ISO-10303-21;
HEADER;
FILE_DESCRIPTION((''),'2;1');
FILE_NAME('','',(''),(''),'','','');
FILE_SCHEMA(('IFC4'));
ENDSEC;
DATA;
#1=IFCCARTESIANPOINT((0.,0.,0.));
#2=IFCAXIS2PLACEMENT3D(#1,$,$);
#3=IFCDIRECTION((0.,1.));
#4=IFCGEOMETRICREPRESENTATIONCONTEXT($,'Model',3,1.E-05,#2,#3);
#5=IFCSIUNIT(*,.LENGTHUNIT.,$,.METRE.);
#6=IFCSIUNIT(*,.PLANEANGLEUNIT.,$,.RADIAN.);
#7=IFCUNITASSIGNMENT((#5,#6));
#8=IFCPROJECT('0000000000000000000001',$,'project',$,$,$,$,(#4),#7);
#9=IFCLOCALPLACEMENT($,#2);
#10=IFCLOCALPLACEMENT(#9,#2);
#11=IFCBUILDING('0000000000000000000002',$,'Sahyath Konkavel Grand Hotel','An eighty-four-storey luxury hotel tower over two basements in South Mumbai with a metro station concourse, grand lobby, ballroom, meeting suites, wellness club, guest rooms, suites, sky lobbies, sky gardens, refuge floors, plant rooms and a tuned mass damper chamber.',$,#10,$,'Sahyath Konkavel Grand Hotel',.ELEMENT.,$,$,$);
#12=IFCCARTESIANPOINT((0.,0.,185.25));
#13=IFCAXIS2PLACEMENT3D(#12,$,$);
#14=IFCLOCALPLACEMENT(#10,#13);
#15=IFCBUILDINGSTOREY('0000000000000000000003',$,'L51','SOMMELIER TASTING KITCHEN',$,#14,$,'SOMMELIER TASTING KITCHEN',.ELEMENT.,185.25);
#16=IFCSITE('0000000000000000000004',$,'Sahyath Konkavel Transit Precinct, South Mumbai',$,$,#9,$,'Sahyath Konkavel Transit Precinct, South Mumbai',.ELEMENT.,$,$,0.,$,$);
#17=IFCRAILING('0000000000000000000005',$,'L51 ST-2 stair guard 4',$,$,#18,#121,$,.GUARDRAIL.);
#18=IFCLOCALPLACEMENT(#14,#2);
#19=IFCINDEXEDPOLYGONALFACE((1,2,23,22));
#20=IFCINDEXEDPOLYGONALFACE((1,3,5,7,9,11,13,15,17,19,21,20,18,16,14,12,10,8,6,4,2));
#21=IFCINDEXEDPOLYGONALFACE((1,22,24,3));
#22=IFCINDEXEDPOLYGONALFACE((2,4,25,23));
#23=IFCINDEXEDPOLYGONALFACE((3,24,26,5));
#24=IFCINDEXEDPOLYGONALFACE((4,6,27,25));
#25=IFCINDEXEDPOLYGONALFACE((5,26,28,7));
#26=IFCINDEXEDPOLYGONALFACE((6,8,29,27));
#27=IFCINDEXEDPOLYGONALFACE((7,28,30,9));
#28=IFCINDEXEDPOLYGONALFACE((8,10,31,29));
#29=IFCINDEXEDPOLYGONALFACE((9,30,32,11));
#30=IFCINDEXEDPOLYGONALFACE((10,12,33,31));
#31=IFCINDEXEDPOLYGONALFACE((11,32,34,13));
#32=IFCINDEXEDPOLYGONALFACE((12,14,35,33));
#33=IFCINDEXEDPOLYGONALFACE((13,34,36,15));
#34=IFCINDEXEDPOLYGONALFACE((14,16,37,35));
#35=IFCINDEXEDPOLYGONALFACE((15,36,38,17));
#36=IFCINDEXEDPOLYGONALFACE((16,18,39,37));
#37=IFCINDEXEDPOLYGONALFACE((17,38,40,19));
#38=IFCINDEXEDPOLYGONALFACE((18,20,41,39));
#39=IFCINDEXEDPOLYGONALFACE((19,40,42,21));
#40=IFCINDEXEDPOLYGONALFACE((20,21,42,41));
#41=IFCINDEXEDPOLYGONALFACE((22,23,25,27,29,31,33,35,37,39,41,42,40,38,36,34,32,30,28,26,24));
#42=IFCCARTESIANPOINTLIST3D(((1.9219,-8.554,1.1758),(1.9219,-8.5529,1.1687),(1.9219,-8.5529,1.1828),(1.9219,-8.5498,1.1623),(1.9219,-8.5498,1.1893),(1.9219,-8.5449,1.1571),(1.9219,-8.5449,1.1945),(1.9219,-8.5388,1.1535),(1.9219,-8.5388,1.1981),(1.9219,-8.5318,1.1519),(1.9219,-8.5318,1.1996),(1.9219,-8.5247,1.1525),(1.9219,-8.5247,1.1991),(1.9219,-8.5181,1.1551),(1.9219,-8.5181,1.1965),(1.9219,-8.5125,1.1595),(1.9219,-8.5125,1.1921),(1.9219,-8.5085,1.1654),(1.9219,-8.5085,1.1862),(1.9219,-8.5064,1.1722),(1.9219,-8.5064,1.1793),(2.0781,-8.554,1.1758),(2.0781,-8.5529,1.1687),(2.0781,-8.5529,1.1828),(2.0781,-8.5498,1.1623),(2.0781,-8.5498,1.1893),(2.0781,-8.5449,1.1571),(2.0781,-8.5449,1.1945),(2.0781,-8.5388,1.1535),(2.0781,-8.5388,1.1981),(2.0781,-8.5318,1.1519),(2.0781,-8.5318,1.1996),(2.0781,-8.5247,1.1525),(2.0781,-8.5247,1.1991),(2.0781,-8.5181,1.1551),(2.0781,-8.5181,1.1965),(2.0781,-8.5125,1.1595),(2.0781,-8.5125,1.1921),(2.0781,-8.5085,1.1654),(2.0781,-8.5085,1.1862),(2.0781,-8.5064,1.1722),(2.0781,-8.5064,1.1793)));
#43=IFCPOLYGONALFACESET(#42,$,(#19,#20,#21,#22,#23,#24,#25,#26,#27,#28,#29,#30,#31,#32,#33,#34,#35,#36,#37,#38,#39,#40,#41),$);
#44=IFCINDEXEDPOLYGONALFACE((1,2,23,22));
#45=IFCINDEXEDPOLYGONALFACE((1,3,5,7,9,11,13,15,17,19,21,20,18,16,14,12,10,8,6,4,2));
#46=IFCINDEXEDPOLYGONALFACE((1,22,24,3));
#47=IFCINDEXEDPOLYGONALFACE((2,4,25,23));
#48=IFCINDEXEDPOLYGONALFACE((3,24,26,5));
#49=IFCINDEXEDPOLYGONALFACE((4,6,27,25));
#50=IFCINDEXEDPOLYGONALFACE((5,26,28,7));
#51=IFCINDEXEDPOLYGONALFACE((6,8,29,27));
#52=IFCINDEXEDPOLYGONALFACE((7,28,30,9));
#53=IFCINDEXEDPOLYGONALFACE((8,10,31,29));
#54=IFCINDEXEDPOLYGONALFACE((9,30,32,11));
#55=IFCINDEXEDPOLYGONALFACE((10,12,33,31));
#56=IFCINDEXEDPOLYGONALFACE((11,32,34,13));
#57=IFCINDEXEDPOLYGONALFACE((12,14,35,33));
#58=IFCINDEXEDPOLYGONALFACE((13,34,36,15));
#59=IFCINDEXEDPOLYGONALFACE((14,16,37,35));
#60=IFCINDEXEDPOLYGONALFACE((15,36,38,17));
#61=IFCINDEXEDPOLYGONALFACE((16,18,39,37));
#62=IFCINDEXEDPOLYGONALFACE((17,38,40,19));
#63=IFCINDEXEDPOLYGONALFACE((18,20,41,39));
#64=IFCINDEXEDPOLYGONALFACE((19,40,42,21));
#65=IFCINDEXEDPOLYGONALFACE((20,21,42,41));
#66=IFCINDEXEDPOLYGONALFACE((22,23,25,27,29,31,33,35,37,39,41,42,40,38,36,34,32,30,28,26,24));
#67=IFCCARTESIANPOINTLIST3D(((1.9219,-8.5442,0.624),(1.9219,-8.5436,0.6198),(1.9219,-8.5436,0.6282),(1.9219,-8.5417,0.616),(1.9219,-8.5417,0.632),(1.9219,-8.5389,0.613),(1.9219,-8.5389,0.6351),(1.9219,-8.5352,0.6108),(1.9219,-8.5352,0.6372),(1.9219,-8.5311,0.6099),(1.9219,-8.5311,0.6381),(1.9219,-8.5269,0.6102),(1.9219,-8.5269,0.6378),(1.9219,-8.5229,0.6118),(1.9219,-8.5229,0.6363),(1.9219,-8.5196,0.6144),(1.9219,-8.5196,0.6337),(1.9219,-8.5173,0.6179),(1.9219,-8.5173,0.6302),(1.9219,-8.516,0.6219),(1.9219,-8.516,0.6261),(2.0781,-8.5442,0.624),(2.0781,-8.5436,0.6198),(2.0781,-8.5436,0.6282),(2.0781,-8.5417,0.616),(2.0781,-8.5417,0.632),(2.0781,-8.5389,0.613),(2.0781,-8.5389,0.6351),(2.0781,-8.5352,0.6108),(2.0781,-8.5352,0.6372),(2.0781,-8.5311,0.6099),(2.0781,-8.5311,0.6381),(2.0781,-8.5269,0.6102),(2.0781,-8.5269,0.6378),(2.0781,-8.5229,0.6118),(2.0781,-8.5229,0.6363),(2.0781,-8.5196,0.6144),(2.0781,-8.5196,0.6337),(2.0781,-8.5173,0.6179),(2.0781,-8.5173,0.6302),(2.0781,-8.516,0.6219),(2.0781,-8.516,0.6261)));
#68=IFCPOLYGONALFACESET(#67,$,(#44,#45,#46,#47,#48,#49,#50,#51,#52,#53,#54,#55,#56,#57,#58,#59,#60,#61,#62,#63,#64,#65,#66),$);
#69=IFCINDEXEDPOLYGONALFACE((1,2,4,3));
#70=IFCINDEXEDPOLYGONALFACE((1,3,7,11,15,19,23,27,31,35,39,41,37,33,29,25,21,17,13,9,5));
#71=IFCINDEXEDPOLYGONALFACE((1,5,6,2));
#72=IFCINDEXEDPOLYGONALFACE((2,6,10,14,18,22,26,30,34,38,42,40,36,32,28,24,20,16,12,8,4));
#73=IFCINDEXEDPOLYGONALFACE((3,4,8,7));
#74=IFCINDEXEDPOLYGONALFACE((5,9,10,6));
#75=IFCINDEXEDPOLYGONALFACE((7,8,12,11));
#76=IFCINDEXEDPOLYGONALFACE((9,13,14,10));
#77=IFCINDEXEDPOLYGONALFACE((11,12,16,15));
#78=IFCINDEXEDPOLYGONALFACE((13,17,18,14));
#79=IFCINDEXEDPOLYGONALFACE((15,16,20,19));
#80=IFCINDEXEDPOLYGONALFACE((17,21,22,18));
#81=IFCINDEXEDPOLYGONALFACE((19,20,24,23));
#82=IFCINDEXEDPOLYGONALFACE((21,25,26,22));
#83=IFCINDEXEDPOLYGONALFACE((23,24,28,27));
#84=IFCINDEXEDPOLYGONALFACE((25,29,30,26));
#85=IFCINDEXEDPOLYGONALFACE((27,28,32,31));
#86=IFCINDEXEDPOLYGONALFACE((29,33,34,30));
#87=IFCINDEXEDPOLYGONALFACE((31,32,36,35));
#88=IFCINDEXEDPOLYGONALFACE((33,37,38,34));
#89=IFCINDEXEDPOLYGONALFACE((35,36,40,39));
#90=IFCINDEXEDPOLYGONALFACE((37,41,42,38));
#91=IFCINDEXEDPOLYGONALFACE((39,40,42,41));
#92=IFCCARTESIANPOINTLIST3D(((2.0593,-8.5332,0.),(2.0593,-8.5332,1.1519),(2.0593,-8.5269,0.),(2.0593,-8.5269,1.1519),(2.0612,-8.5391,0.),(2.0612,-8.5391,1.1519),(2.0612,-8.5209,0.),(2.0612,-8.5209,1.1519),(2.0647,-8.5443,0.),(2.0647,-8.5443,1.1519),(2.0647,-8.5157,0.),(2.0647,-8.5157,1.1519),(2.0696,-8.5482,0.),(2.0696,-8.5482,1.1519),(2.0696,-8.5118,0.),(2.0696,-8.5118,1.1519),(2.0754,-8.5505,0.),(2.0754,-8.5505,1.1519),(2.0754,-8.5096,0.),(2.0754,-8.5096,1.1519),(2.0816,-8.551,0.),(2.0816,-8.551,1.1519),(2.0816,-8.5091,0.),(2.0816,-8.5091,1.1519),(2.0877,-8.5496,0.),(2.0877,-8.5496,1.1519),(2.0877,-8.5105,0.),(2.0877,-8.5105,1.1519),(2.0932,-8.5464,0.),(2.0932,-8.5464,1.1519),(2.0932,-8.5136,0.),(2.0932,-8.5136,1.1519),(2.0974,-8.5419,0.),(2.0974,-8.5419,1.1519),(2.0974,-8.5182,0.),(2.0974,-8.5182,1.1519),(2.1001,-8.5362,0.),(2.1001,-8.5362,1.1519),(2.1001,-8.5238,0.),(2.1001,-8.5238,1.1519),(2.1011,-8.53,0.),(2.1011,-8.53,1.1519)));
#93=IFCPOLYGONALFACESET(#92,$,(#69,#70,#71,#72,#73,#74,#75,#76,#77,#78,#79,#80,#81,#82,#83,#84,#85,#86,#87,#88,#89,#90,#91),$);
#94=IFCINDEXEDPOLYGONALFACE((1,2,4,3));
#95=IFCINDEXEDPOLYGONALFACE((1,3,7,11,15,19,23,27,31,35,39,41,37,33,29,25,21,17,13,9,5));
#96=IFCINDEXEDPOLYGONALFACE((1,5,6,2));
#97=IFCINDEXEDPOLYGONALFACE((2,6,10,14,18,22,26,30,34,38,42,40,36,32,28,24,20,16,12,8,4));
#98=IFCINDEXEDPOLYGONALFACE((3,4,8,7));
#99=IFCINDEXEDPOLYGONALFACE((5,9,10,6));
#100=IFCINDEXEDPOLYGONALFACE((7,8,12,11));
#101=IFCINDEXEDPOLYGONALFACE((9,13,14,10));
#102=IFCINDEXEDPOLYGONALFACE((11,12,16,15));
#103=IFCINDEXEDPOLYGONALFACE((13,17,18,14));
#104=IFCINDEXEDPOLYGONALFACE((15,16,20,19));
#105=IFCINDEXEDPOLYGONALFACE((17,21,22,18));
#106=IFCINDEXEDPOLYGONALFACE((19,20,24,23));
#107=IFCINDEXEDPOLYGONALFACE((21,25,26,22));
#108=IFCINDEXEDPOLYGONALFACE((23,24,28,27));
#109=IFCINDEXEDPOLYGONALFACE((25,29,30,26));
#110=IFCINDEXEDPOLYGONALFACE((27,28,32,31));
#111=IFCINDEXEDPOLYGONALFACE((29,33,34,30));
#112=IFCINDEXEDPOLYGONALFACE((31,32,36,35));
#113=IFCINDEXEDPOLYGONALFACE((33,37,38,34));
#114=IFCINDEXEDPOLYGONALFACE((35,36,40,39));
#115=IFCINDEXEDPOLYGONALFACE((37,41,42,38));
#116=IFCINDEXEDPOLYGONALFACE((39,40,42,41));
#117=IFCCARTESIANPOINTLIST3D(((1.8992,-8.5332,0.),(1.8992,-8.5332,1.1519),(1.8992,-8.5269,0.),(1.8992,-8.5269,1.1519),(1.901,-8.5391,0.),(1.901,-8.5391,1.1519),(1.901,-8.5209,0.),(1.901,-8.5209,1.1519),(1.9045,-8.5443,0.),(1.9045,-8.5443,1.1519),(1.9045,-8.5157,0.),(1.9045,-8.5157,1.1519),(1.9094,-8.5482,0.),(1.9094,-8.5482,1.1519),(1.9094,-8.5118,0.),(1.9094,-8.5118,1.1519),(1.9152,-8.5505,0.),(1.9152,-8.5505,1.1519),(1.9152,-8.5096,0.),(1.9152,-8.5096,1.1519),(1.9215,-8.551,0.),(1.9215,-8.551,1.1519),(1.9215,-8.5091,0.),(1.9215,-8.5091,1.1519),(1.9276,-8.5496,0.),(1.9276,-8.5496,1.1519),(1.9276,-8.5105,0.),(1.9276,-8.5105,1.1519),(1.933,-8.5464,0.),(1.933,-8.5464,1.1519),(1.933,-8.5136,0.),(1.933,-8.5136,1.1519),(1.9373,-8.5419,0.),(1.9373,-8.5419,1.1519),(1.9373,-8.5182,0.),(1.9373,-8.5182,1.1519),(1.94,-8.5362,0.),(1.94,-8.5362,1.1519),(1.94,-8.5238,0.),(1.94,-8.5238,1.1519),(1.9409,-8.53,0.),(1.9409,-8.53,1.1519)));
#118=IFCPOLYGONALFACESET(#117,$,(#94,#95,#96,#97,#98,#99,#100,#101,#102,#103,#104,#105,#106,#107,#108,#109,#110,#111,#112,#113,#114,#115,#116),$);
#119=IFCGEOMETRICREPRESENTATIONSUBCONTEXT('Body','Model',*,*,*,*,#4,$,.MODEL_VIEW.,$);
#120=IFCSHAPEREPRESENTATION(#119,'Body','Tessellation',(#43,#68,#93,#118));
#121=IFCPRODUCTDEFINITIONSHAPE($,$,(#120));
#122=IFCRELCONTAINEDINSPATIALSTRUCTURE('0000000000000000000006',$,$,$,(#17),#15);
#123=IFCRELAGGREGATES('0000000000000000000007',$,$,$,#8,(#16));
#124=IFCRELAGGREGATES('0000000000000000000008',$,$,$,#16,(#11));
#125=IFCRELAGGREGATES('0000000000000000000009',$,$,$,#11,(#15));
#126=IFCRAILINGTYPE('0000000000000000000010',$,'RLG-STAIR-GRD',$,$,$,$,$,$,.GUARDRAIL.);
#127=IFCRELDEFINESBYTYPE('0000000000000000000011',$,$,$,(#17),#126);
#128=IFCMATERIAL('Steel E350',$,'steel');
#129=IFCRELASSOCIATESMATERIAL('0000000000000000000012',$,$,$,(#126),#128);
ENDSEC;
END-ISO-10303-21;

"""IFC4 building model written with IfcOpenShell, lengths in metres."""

from ifc_helpers import new_model, si_unit, direction, frame, origin, origin_2d, place, context, subcontext, project, spatial, circle, extrude, material, type_object, element, save


model = new_model("IFC4")

# Units and contexts
model_context = context("Model", 3, precision=1e-05, world=origin(), true_north=direction((0.0, 1.0)))
body_context = subcontext(model_context, "Body", "Model", "MODEL_VIEW")
ifc_project = project(units=[si_unit("LENGTHUNIT", "METRE"), si_unit("PLANEANGLEUNIT", "RADIAN")], contexts=[model_context])

# Site, building, storey
site_placement = place(None, origin())
site = spatial("IfcSite", under=ifc_project, at=site_placement, Name="Sahyath Konkavel Transit Precinct, South Mumbai", LongName="Sahyath Konkavel Transit Precinct, South Mumbai", CompositionType="ELEMENT", RefElevation=0.0)
building_placement = place(site_placement, origin())
building = spatial("IfcBuilding", under=site, at=building_placement, Name="Sahyath Konkavel Grand Hotel", Description="An eighty-four-storey luxury hotel tower over two basements in South Mumbai with a metro station concourse, grand lobby, ballroom, meeting suites, wellness club, guest rooms, suites, sky lobbies, sky gardens, refuge floors, plant rooms and a tuned mass damper chamber.", LongName="Sahyath Konkavel Grand Hotel", CompositionType="ELEMENT")
storey_placement = place(building_placement, frame((0.0, 0.0, 185.25)))
storey = spatial("IfcBuildingStorey", under=building, at=storey_placement, Name="L51", Description="SOMMELIER TASTING KITCHEN", LongName="SOMMELIER TASTING KITCHEN", CompositionType="ELEMENT", Elevation=185.25)

# Shared definitions
ifc_material_1 = material(Name="Steel E350", Category="steel")

# Railing
railing_type_1 = type_object("IfcRailingType", Name="RLG-STAIR-GRD", PredefinedType="GUARDRAIL", material=ifc_material_1)
railing_1_placement = place(storey_placement, frame((2.0801, -8.53, 0.0)))
element("IfcRailing", 1, at=railing_1_placement, inside=storey, type_object=railing_type_1, Name="L51 ST-2 stair guard 4", PredefinedType="GUARDRAIL", context=body_context, shape_type="SweptSolid", body=[
    extrude(circle(Radius=0.0239, at=origin_2d()), frame((-0.002, 0.0, 1.1758), z_axis=(-1.0, 0.0, 0.0), x_axis=(0.0, -1.0, 0.0)), (0.0, 0.0, 1.0), 0.1562),
    extrude(circle(Radius=0.0142, at=origin_2d()), frame((-0.002, 0.0, 0.624), z_axis=(-1.0, 0.0, 0.0), x_axis=(0.0, -1.0, 0.0)), (0.0, 0.0, 1.0), 0.1562),
    extrude(circle(Radius=0.021, at=origin_2d()), origin(), (0.0, 0.0, 1.0), 1.1519),
    extrude(circle(Radius=0.021, at=origin_2d()), frame((-0.1602, 0.0, 0.0)), (0.0, 0.0, 1.0), 1.1519),
])

save(model, "model.ifc")
